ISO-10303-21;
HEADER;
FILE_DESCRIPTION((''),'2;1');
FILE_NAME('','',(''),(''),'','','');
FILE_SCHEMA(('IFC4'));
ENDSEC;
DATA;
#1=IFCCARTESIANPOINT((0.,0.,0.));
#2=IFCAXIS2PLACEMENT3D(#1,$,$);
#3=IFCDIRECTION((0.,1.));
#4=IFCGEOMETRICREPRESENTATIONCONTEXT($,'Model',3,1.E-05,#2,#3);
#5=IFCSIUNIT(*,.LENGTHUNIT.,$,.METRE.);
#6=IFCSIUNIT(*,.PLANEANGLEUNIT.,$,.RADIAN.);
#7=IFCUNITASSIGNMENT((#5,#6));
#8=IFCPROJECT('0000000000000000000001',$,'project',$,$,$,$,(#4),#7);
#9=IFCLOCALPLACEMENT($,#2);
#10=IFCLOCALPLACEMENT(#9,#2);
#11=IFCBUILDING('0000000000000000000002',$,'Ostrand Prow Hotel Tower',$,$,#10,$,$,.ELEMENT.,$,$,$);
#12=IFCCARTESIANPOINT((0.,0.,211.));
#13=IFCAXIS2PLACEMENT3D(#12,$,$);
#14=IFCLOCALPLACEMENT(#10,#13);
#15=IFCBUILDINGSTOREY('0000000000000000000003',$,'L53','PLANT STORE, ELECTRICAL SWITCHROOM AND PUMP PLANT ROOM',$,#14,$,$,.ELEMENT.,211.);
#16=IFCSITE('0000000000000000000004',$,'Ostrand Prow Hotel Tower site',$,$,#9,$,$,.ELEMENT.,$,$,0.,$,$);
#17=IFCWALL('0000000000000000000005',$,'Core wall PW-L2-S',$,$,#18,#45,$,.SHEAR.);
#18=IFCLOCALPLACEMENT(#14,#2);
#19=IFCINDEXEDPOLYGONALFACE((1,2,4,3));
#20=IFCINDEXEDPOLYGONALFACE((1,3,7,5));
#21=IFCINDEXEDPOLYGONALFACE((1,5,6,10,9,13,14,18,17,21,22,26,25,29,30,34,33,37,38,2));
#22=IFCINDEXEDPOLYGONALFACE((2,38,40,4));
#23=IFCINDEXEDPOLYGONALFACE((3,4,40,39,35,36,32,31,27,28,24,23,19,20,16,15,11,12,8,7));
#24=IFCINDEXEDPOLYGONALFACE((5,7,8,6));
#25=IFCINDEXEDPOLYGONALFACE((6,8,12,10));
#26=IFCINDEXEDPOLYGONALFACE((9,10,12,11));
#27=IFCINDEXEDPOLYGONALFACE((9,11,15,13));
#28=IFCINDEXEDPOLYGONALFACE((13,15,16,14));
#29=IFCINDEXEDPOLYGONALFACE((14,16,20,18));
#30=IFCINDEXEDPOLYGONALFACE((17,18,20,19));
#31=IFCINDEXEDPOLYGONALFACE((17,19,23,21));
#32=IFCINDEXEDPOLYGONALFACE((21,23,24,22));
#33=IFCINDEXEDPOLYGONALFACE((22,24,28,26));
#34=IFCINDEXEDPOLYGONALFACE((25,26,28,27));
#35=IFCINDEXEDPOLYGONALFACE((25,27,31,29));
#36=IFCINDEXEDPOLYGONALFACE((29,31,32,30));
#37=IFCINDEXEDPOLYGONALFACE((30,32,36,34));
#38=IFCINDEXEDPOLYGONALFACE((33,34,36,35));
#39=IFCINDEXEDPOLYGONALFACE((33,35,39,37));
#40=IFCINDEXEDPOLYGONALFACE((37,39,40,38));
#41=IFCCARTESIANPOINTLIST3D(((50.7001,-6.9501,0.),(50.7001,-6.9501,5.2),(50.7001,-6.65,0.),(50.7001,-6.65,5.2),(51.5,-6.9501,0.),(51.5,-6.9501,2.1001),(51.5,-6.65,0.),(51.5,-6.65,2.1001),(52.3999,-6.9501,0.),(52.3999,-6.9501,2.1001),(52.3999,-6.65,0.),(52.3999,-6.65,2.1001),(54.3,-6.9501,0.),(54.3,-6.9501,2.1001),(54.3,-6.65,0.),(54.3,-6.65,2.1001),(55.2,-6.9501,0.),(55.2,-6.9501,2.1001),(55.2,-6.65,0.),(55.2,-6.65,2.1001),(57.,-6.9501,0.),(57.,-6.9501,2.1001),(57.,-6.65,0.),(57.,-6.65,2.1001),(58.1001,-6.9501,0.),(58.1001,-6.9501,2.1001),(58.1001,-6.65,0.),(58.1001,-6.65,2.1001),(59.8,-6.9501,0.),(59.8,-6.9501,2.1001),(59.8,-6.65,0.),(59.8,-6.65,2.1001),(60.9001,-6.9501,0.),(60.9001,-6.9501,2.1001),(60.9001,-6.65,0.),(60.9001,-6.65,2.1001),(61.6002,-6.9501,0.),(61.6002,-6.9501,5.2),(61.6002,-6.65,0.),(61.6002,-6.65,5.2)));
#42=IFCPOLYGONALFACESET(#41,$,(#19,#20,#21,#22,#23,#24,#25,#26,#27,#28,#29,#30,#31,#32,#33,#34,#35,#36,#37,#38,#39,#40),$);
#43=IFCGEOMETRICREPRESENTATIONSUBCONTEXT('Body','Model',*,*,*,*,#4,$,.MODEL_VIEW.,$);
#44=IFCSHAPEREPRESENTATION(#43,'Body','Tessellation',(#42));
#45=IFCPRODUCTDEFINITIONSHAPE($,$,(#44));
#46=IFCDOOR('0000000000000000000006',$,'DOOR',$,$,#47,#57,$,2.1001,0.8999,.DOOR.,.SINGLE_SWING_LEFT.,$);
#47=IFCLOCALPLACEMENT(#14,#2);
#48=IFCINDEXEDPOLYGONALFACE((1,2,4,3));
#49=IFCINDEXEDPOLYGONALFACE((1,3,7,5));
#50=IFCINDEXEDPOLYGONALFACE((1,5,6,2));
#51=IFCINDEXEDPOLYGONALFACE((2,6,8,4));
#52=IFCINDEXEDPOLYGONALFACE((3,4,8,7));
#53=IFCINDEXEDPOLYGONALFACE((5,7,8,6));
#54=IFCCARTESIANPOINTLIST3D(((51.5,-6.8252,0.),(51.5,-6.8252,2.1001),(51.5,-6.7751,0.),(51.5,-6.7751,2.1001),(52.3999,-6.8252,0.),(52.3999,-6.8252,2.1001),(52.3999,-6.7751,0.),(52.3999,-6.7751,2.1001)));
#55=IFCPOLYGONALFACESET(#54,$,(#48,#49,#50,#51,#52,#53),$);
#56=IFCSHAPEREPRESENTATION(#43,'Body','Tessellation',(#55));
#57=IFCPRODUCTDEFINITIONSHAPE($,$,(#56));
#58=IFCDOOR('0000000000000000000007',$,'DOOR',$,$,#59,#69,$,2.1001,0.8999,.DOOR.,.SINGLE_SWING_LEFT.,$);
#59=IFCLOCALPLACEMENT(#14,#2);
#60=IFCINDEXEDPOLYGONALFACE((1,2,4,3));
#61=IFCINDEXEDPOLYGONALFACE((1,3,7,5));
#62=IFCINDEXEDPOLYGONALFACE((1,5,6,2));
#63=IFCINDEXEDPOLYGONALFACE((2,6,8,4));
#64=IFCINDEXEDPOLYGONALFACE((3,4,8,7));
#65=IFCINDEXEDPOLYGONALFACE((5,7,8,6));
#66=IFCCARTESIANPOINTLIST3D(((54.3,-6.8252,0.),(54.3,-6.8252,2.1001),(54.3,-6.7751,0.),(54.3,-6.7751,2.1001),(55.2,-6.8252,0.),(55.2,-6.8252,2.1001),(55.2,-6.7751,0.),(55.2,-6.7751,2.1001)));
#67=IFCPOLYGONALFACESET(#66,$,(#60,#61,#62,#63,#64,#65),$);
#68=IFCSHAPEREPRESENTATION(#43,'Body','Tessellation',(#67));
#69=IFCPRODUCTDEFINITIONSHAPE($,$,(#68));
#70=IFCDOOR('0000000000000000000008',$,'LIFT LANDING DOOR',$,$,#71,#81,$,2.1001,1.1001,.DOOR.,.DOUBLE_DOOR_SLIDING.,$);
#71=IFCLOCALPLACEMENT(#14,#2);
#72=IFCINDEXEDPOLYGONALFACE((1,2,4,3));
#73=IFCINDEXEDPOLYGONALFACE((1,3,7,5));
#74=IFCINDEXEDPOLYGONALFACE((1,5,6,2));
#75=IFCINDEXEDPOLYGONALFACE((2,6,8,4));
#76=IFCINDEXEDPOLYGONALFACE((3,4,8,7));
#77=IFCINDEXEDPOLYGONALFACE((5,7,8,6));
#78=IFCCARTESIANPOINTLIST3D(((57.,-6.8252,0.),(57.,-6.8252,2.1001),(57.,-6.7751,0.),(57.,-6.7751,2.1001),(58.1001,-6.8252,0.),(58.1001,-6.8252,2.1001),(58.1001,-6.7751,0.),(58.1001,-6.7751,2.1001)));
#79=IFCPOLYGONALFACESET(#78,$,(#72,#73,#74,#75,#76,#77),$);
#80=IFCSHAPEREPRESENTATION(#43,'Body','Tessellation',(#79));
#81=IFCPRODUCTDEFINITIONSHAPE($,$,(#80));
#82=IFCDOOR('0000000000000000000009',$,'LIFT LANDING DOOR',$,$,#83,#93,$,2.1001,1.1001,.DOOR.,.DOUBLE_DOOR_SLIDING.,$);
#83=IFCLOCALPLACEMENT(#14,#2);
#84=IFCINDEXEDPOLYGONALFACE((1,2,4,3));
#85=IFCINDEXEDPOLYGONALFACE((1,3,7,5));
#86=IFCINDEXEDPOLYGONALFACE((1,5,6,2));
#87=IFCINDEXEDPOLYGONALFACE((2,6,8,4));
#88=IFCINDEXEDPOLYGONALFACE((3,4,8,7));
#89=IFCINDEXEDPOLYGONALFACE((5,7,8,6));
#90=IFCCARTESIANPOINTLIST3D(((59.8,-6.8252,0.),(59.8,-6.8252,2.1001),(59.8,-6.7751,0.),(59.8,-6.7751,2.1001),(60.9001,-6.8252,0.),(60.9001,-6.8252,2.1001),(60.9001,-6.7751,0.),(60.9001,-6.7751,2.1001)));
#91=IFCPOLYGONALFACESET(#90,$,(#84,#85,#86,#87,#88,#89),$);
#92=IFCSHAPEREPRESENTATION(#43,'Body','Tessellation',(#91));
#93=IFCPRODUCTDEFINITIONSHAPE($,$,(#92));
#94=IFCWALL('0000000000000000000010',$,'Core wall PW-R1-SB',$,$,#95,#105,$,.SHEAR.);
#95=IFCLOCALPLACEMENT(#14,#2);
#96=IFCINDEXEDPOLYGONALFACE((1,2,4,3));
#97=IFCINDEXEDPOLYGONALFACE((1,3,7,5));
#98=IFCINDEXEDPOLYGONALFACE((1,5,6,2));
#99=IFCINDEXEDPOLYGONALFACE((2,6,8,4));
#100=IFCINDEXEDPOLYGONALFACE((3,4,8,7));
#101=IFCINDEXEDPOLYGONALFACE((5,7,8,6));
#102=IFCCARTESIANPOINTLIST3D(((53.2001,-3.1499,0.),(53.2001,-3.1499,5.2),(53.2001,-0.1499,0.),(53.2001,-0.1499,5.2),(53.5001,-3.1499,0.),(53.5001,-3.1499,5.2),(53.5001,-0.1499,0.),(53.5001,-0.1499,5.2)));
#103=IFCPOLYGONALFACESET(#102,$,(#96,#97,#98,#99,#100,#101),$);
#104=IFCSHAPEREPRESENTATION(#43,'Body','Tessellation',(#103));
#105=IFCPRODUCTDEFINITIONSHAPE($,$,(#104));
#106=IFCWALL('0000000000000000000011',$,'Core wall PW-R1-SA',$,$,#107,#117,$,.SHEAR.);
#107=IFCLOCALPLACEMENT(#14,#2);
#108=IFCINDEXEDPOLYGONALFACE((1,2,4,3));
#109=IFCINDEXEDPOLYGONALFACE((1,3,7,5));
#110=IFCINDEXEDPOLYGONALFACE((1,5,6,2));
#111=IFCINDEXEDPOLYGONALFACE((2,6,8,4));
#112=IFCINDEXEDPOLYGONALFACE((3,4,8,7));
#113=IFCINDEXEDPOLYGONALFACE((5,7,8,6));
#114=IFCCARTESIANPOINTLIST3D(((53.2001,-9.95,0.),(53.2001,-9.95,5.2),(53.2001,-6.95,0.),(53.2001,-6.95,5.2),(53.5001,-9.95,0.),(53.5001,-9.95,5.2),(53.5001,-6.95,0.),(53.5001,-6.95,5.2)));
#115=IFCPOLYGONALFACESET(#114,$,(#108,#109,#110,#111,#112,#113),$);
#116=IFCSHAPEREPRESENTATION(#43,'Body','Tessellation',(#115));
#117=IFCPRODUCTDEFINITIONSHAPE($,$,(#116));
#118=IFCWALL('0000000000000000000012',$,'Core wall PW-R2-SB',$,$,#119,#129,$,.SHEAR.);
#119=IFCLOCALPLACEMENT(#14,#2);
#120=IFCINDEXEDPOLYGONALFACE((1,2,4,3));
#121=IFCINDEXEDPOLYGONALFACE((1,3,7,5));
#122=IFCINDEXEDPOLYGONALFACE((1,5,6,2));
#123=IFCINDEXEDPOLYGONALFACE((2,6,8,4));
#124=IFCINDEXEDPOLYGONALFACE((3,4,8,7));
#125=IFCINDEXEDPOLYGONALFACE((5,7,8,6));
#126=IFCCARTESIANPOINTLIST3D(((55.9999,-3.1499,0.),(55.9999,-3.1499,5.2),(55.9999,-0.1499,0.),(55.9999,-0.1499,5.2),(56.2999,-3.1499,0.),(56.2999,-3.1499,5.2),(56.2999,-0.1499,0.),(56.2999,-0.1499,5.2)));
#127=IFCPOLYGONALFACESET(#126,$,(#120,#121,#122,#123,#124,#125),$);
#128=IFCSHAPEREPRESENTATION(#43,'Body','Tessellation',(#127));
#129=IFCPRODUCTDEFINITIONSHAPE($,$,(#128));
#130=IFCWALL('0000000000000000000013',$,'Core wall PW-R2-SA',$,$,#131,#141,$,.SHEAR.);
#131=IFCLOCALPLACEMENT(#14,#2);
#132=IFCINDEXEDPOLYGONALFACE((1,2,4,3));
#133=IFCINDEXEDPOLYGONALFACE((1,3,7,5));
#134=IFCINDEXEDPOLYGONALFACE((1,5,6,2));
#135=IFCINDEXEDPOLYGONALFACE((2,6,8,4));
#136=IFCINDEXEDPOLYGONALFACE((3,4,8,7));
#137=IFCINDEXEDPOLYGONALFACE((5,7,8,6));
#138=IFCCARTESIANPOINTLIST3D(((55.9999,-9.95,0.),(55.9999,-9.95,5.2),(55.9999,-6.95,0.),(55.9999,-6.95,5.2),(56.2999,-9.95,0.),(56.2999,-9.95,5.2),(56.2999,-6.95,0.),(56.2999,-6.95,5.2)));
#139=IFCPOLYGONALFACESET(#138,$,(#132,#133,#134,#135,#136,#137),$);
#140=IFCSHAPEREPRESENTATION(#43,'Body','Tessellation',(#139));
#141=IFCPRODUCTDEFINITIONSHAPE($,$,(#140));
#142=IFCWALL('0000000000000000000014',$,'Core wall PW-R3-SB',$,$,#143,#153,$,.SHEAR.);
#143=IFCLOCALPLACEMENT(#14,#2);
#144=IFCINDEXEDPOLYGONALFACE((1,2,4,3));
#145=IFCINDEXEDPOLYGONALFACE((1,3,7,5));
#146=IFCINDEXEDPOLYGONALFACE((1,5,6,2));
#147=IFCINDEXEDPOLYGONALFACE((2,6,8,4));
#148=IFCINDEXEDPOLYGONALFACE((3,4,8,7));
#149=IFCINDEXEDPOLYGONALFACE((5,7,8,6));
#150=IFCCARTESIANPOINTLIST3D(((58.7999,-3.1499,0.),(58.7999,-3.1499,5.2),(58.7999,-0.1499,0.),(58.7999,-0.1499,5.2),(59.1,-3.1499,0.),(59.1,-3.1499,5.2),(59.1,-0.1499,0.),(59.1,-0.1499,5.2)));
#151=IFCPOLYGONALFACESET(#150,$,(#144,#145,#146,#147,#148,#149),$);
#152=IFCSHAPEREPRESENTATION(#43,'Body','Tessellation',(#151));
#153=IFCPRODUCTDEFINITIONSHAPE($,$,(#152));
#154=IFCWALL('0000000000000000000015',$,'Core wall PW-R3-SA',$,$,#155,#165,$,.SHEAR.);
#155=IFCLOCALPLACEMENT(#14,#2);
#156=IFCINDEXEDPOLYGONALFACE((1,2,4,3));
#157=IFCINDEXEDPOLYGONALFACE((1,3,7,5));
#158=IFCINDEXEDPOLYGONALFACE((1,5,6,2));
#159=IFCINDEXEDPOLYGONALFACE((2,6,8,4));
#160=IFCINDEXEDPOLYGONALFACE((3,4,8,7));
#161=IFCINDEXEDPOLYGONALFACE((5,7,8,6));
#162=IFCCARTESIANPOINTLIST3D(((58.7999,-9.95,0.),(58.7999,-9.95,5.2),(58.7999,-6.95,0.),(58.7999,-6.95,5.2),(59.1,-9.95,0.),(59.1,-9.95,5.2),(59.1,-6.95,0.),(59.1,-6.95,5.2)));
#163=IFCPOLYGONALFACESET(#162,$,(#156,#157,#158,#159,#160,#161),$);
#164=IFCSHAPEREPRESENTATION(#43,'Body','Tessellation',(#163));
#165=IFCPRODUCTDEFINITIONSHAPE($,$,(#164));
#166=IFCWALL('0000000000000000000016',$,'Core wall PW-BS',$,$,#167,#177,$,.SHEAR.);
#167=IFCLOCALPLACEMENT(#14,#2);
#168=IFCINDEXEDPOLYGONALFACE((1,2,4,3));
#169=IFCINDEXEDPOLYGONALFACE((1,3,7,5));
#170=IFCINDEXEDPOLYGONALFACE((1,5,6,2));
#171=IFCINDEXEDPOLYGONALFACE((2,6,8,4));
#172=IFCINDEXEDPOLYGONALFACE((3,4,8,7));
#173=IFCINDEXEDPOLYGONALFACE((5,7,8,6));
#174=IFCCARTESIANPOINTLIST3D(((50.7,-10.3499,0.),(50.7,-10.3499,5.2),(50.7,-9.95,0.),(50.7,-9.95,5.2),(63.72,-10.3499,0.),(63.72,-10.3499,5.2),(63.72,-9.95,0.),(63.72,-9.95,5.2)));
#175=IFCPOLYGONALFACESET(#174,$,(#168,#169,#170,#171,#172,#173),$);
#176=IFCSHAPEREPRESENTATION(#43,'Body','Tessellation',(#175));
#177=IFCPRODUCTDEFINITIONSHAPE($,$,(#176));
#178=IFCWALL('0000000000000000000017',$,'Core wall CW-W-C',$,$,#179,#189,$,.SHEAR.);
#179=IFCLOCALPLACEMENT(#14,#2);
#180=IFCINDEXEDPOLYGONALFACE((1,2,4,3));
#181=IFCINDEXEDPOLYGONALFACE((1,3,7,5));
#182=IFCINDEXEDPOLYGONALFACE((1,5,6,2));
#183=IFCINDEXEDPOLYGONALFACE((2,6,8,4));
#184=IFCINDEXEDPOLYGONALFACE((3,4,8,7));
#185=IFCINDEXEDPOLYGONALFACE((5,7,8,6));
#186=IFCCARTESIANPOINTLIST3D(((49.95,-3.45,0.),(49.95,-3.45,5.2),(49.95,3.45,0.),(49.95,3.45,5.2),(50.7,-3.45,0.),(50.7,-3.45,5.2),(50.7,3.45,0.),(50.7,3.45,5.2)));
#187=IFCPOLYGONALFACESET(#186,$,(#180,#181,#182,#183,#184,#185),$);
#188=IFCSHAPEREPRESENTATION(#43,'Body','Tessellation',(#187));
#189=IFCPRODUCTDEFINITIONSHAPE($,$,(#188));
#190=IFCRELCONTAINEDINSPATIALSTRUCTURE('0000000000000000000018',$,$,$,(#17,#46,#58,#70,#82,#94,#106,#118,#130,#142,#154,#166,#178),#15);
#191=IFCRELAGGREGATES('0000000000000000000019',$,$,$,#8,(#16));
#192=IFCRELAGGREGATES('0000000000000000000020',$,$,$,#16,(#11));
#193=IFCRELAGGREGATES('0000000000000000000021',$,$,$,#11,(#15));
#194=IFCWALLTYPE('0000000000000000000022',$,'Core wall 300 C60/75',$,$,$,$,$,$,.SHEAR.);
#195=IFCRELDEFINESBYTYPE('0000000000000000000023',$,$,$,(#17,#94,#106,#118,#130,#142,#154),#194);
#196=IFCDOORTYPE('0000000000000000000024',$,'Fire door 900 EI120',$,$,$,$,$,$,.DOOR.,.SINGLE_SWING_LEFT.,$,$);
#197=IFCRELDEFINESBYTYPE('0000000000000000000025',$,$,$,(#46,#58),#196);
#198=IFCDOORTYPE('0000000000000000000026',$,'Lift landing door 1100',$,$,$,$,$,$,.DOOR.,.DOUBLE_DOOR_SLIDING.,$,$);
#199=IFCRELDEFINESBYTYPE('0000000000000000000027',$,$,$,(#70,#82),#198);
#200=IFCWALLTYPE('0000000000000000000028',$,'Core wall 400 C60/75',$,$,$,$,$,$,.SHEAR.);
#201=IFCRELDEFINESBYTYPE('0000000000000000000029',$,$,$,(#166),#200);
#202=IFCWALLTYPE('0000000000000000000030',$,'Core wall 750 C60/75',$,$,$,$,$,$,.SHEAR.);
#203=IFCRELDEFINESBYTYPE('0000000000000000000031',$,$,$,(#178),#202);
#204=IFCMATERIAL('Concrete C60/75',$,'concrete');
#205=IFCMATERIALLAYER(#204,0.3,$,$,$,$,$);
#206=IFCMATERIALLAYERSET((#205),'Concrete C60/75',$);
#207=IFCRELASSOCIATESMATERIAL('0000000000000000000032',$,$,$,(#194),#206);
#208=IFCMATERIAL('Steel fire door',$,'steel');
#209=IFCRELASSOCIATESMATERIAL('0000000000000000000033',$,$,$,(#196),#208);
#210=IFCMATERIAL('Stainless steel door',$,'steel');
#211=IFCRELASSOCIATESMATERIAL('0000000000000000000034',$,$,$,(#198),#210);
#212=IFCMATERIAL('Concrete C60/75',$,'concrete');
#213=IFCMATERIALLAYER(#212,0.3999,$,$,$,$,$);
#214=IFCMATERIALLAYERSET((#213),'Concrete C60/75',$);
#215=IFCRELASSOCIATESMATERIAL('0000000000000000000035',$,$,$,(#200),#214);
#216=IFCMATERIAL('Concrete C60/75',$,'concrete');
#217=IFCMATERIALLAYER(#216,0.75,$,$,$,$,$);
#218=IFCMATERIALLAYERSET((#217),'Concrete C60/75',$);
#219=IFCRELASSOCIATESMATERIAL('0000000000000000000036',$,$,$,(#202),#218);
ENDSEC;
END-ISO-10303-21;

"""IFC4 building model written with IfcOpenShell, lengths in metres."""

from ifc_helpers import new_model, si_unit, direction, frame, frame_2d, origin, place, context, subcontext, project, spatial, rectangle, extrude, material, layer, layer_set, type_object, element, fill, save


model = new_model("IFC4")

# Units and contexts
model_context = context("Model", 3, precision=1e-05, world=origin(), true_north=direction((0.0, 1.0)))
body_context = subcontext(model_context, "Body", "Model", "MODEL_VIEW")
ifc_project = project(units=[si_unit("LENGTHUNIT", "METRE"), si_unit("PLANEANGLEUNIT", "RADIAN")], contexts=[model_context])

# Site, building, storey
site_placement = place(None, origin())
site = spatial("IfcSite", under=ifc_project, at=site_placement, Name="Ostrand Prow Hotel Tower site", CompositionType="ELEMENT", RefElevation=0.0)
building_placement = place(site_placement, origin())
building = spatial("IfcBuilding", under=site, at=building_placement, Name="Ostrand Prow Hotel Tower", CompositionType="ELEMENT")
storey_placement = place(building_placement, frame((0.0, 0.0, 211.0)))
storey = spatial("IfcBuildingStorey", under=building, at=storey_placement, Name="L53", Description="PLANT STORE, ELECTRICAL SWITCHROOM AND PUMP PLANT ROOM", CompositionType="ELEMENT", Elevation=211.0)

# Shared definitions
ifc_material_1 = material(Name="Concrete C60/75", Category="concrete")
ifc_layer_1 = layer(ifc_material_1, 0.3)
ifc_layer_set_1 = layer_set([ifc_layer_1], Name="Concrete C60/75")
wall_type_1 = type_object("IfcWallType", Name="Core wall 300 C60/75", PredefinedType="SHEAR", material=ifc_layer_set_1)

# Wall, openings, doors
wall_1_placement = place(storey_placement, frame((50.7, -6.8, 0.0), z_axis=(0.0, 0.0, 1.0), x_axis=(1.0, 0.0, 0.0)))
wall_1 = element("IfcWall", 1, at=wall_1_placement, inside=storey, type_object=wall_type_1, Name="Core wall PW-L2-S", PredefinedType="SHEAR", context=body_context, shape_type="SweptSolid", body=[
    extrude(rectangle(XDim=10.9001, YDim=0.3, at=frame_2d((5.4502, 0.0))), origin(), (0.0, 0.0, 1.0), 5.2),
])
opening_1_placement = place(wall_1_placement, frame((6.3, 0.0, 0.0)))
opening_1 = element("IfcOpeningElement", 2, at=opening_1_placement, cuts=wall_1, PredefinedType="OPENING", context=body_context, shape_type="SweptSolid", body=[
    extrude(rectangle(XDim=1.1001, YDim=2.1001, at=frame_2d((0.55, 1.05))), frame((0.0, 0.1599, 0.0), z_axis=(0.0, -1.0, 0.0), x_axis=(1.0, 0.0, 0.0)), (0.0, 0.0, 1.0), 0.3201),
])
opening_2_placement = place(wall_1_placement, frame((9.1001, 0.0, 0.0)))
opening_2 = element("IfcOpeningElement", 3, at=opening_2_placement, cuts=wall_1, PredefinedType="OPENING", context=body_context, shape_type="SweptSolid", body=[
    extrude(rectangle(XDim=1.1001, YDim=2.1001, at=frame_2d((0.55, 1.05))), frame((0.0, 0.1599, 0.0), z_axis=(0.0, -1.0, 0.0), x_axis=(1.0, 0.0, 0.0)), (0.0, 0.0, 1.0), 0.3201),
])
opening_3_placement = place(wall_1_placement, frame((0.8, 0.0, 0.0)))
opening_3 = element("IfcOpeningElement", 4, at=opening_3_placement, cuts=wall_1, PredefinedType="OPENING", context=body_context, shape_type="SweptSolid", body=[
    extrude(rectangle(XDim=0.8999, YDim=2.1001, at=frame_2d((0.45, 1.05))), frame((0.0, 0.1599, 0.0), z_axis=(0.0, -1.0, 0.0), x_axis=(1.0, 0.0, 0.0)), (0.0, 0.0, 1.0), 0.3201),
])
opening_4_placement = place(wall_1_placement, frame((3.6001, 0.0, 0.0)))
opening_4 = element("IfcOpeningElement", 5, at=opening_4_placement, cuts=wall_1, PredefinedType="OPENING", context=body_context, shape_type="SweptSolid", body=[
    extrude(rectangle(XDim=0.8999, YDim=2.1001, at=frame_2d((0.45, 1.05))), frame((0.0, 0.1599, 0.0), z_axis=(0.0, -1.0, 0.0), x_axis=(1.0, 0.0, 0.0)), (0.0, 0.0, 1.0), 0.3201),
])
ifc_material_2 = material(Name="Steel fire door", Category="steel")
door_type_1 = type_object("IfcDoorType", Name="Fire door 900 EI120", OperationType="SINGLE_SWING_LEFT", PredefinedType="DOOR", material=ifc_material_2)
door_1_placement = place(opening_3_placement, origin())
door_1 = element("IfcDoor", 6, at=door_1_placement, inside=storey, type_object=door_type_1, Name="DOOR", OperationType="SINGLE_SWING_LEFT", OverallHeight=2.1001, OverallWidth=0.8999, PredefinedType="DOOR", context=body_context, shape_type="SweptSolid", body=[
    extrude(rectangle(XDim=0.8999, YDim=2.1001, at=frame_2d((0.45, 1.05))), frame((0.0, 0.0249, 0.0), z_axis=(0.0, -1.0, 0.0), x_axis=(1.0, 0.0, 0.0)), (0.0, 0.0, 1.0), 0.05),
])
fill(opening_3, door_1)
door_2_placement = place(opening_4_placement, origin())
door_2 = element("IfcDoor", 7, at=door_2_placement, inside=storey, type_object=door_type_1, Name="DOOR", OperationType="SINGLE_SWING_LEFT", OverallHeight=2.1001, OverallWidth=0.8999, PredefinedType="DOOR", context=body_context, shape_type="SweptSolid", body=[
    extrude(rectangle(XDim=0.8999, YDim=2.1001, at=frame_2d((0.45, 1.05))), frame((0.0, 0.0249, 0.0), z_axis=(0.0, -1.0, 0.0), x_axis=(1.0, 0.0, 0.0)), (0.0, 0.0, 1.0), 0.05),
])
fill(opening_4, door_2)
ifc_material_3 = material(Name="Stainless steel door", Category="steel")
door_type_2 = type_object("IfcDoorType", Name="Lift landing door 1100", OperationType="DOUBLE_DOOR_SLIDING", PredefinedType="DOOR", material=ifc_material_3)
door_3_placement = place(opening_1_placement, origin())
door_3 = element("IfcDoor", 8, at=door_3_placement, inside=storey, type_object=door_type_2, Name="LIFT LANDING DOOR", OperationType="DOUBLE_DOOR_SLIDING", OverallHeight=2.1001, OverallWidth=1.1001, PredefinedType="DOOR", context=body_context, shape_type="SweptSolid", body=[
    extrude(rectangle(XDim=1.1001, YDim=2.1001, at=frame_2d((0.55, 1.05))), frame((0.0, 0.0249, 0.0), z_axis=(0.0, -1.0, 0.0), x_axis=(1.0, 0.0, 0.0)), (0.0, 0.0, 1.0), 0.05),
])
fill(opening_1, door_3)
door_4_placement = place(opening_2_placement, origin())
door_4 = element("IfcDoor", 9, at=door_4_placement, inside=storey, type_object=door_type_2, Name="LIFT LANDING DOOR", OperationType="DOUBLE_DOOR_SLIDING", OverallHeight=2.1001, OverallWidth=1.1001, PredefinedType="DOOR", context=body_context, shape_type="SweptSolid", body=[
    extrude(rectangle(XDim=1.1001, YDim=2.1001, at=frame_2d((0.55, 1.05))), frame((0.0, 0.0249, 0.0), z_axis=(0.0, -1.0, 0.0), x_axis=(1.0, 0.0, 0.0)), (0.0, 0.0, 1.0), 0.05),
])
fill(opening_2, door_4)

# Walls
for number, where, z_axis, x_axis, name in (
    (10, (53.3501, -3.1499, 0.0), (0.0, 0.0, 1.0), (0.0, 1.0, 0.0), "Core wall PW-R1-SB"),
    (11, (53.3501, -9.95, 0.0), (0.0, 0.0, 1.0), (0.0, 1.0, 0.0), "Core wall PW-R1-SA"),
    (12, (56.1499, -3.1499, 0.0), (0.0, 0.0, 1.0), (0.0, 1.0, 0.0), "Core wall PW-R2-SB"),
    (13, (56.1499, -9.95, 0.0), (0.0, 0.0, 1.0), (0.0, 1.0, 0.0), "Core wall PW-R2-SA"),
    (14, (58.95, -3.1499, 0.0), (0.0, 0.0, 1.0), (0.0, 1.0, 0.0), "Core wall PW-R3-SB"),
    (15, (58.95, -9.95, 0.0), (0.0, 0.0, 1.0), (0.0, 1.0, 0.0), "Core wall PW-R3-SA"),
):
    element("IfcWall", number, at=place(storey_placement, frame(where, z_axis=z_axis, x_axis=x_axis)), inside=storey, type_object=wall_type_1, Name=name, PredefinedType="SHEAR", context=body_context, shape_type="SweptSolid", body=[
        extrude(rectangle(XDim=3.0, YDim=0.3, at=frame_2d((1.5, 0.0))), origin(), (0.0, 0.0, 1.0), 5.2),
    ])
ifc_material_4 = material(Name="Concrete C60/75", Category="concrete")
ifc_layer_2 = layer(ifc_material_4, 0.3999)
ifc_layer_set_2 = layer_set([ifc_layer_2], Name="Concrete C60/75")
wall_type_2 = type_object("IfcWallType", Name="Core wall 400 C60/75", PredefinedType="SHEAR", material=ifc_layer_set_2)
wall_2_placement = place(storey_placement, frame((50.7, -10.1499, 0.0), z_axis=(0.0, 0.0, 1.0), x_axis=(1.0, 0.0, 0.0)))
element("IfcWall", 16, at=wall_2_placement, inside=storey, type_object=wall_type_2, Name="Core wall PW-BS", PredefinedType="SHEAR", context=body_context, shape_type="SweptSolid", body=[
    extrude(rectangle(XDim=13.02, YDim=0.3999, at=frame_2d((6.51, 0.0))), origin(), (0.0, 0.0, 1.0), 5.2),
])
ifc_material_5 = material(Name="Concrete C60/75", Category="concrete")
ifc_layer_3 = layer(ifc_material_5, 0.75)
ifc_layer_set_3 = layer_set([ifc_layer_3], Name="Concrete C60/75")
wall_type_3 = type_object("IfcWallType", Name="Core wall 750 C60/75", PredefinedType="SHEAR", material=ifc_layer_set_3)
wall_3_placement = place(storey_placement, frame((50.325, -3.45, 0.0), z_axis=(0.0, 0.0, 1.0), x_axis=(0.0, 1.0, 0.0)))
element("IfcWall", 17, at=wall_3_placement, inside=storey, type_object=wall_type_3, Name="Core wall CW-W-C", PredefinedType="SHEAR", context=body_context, shape_type="SweptSolid", body=[
    extrude(rectangle(XDim=6.8999, YDim=0.75, at=frame_2d((3.45, 0.0))), origin(), (0.0, 0.0, 1.0), 5.2),
])

save(model, "model.ifc")
